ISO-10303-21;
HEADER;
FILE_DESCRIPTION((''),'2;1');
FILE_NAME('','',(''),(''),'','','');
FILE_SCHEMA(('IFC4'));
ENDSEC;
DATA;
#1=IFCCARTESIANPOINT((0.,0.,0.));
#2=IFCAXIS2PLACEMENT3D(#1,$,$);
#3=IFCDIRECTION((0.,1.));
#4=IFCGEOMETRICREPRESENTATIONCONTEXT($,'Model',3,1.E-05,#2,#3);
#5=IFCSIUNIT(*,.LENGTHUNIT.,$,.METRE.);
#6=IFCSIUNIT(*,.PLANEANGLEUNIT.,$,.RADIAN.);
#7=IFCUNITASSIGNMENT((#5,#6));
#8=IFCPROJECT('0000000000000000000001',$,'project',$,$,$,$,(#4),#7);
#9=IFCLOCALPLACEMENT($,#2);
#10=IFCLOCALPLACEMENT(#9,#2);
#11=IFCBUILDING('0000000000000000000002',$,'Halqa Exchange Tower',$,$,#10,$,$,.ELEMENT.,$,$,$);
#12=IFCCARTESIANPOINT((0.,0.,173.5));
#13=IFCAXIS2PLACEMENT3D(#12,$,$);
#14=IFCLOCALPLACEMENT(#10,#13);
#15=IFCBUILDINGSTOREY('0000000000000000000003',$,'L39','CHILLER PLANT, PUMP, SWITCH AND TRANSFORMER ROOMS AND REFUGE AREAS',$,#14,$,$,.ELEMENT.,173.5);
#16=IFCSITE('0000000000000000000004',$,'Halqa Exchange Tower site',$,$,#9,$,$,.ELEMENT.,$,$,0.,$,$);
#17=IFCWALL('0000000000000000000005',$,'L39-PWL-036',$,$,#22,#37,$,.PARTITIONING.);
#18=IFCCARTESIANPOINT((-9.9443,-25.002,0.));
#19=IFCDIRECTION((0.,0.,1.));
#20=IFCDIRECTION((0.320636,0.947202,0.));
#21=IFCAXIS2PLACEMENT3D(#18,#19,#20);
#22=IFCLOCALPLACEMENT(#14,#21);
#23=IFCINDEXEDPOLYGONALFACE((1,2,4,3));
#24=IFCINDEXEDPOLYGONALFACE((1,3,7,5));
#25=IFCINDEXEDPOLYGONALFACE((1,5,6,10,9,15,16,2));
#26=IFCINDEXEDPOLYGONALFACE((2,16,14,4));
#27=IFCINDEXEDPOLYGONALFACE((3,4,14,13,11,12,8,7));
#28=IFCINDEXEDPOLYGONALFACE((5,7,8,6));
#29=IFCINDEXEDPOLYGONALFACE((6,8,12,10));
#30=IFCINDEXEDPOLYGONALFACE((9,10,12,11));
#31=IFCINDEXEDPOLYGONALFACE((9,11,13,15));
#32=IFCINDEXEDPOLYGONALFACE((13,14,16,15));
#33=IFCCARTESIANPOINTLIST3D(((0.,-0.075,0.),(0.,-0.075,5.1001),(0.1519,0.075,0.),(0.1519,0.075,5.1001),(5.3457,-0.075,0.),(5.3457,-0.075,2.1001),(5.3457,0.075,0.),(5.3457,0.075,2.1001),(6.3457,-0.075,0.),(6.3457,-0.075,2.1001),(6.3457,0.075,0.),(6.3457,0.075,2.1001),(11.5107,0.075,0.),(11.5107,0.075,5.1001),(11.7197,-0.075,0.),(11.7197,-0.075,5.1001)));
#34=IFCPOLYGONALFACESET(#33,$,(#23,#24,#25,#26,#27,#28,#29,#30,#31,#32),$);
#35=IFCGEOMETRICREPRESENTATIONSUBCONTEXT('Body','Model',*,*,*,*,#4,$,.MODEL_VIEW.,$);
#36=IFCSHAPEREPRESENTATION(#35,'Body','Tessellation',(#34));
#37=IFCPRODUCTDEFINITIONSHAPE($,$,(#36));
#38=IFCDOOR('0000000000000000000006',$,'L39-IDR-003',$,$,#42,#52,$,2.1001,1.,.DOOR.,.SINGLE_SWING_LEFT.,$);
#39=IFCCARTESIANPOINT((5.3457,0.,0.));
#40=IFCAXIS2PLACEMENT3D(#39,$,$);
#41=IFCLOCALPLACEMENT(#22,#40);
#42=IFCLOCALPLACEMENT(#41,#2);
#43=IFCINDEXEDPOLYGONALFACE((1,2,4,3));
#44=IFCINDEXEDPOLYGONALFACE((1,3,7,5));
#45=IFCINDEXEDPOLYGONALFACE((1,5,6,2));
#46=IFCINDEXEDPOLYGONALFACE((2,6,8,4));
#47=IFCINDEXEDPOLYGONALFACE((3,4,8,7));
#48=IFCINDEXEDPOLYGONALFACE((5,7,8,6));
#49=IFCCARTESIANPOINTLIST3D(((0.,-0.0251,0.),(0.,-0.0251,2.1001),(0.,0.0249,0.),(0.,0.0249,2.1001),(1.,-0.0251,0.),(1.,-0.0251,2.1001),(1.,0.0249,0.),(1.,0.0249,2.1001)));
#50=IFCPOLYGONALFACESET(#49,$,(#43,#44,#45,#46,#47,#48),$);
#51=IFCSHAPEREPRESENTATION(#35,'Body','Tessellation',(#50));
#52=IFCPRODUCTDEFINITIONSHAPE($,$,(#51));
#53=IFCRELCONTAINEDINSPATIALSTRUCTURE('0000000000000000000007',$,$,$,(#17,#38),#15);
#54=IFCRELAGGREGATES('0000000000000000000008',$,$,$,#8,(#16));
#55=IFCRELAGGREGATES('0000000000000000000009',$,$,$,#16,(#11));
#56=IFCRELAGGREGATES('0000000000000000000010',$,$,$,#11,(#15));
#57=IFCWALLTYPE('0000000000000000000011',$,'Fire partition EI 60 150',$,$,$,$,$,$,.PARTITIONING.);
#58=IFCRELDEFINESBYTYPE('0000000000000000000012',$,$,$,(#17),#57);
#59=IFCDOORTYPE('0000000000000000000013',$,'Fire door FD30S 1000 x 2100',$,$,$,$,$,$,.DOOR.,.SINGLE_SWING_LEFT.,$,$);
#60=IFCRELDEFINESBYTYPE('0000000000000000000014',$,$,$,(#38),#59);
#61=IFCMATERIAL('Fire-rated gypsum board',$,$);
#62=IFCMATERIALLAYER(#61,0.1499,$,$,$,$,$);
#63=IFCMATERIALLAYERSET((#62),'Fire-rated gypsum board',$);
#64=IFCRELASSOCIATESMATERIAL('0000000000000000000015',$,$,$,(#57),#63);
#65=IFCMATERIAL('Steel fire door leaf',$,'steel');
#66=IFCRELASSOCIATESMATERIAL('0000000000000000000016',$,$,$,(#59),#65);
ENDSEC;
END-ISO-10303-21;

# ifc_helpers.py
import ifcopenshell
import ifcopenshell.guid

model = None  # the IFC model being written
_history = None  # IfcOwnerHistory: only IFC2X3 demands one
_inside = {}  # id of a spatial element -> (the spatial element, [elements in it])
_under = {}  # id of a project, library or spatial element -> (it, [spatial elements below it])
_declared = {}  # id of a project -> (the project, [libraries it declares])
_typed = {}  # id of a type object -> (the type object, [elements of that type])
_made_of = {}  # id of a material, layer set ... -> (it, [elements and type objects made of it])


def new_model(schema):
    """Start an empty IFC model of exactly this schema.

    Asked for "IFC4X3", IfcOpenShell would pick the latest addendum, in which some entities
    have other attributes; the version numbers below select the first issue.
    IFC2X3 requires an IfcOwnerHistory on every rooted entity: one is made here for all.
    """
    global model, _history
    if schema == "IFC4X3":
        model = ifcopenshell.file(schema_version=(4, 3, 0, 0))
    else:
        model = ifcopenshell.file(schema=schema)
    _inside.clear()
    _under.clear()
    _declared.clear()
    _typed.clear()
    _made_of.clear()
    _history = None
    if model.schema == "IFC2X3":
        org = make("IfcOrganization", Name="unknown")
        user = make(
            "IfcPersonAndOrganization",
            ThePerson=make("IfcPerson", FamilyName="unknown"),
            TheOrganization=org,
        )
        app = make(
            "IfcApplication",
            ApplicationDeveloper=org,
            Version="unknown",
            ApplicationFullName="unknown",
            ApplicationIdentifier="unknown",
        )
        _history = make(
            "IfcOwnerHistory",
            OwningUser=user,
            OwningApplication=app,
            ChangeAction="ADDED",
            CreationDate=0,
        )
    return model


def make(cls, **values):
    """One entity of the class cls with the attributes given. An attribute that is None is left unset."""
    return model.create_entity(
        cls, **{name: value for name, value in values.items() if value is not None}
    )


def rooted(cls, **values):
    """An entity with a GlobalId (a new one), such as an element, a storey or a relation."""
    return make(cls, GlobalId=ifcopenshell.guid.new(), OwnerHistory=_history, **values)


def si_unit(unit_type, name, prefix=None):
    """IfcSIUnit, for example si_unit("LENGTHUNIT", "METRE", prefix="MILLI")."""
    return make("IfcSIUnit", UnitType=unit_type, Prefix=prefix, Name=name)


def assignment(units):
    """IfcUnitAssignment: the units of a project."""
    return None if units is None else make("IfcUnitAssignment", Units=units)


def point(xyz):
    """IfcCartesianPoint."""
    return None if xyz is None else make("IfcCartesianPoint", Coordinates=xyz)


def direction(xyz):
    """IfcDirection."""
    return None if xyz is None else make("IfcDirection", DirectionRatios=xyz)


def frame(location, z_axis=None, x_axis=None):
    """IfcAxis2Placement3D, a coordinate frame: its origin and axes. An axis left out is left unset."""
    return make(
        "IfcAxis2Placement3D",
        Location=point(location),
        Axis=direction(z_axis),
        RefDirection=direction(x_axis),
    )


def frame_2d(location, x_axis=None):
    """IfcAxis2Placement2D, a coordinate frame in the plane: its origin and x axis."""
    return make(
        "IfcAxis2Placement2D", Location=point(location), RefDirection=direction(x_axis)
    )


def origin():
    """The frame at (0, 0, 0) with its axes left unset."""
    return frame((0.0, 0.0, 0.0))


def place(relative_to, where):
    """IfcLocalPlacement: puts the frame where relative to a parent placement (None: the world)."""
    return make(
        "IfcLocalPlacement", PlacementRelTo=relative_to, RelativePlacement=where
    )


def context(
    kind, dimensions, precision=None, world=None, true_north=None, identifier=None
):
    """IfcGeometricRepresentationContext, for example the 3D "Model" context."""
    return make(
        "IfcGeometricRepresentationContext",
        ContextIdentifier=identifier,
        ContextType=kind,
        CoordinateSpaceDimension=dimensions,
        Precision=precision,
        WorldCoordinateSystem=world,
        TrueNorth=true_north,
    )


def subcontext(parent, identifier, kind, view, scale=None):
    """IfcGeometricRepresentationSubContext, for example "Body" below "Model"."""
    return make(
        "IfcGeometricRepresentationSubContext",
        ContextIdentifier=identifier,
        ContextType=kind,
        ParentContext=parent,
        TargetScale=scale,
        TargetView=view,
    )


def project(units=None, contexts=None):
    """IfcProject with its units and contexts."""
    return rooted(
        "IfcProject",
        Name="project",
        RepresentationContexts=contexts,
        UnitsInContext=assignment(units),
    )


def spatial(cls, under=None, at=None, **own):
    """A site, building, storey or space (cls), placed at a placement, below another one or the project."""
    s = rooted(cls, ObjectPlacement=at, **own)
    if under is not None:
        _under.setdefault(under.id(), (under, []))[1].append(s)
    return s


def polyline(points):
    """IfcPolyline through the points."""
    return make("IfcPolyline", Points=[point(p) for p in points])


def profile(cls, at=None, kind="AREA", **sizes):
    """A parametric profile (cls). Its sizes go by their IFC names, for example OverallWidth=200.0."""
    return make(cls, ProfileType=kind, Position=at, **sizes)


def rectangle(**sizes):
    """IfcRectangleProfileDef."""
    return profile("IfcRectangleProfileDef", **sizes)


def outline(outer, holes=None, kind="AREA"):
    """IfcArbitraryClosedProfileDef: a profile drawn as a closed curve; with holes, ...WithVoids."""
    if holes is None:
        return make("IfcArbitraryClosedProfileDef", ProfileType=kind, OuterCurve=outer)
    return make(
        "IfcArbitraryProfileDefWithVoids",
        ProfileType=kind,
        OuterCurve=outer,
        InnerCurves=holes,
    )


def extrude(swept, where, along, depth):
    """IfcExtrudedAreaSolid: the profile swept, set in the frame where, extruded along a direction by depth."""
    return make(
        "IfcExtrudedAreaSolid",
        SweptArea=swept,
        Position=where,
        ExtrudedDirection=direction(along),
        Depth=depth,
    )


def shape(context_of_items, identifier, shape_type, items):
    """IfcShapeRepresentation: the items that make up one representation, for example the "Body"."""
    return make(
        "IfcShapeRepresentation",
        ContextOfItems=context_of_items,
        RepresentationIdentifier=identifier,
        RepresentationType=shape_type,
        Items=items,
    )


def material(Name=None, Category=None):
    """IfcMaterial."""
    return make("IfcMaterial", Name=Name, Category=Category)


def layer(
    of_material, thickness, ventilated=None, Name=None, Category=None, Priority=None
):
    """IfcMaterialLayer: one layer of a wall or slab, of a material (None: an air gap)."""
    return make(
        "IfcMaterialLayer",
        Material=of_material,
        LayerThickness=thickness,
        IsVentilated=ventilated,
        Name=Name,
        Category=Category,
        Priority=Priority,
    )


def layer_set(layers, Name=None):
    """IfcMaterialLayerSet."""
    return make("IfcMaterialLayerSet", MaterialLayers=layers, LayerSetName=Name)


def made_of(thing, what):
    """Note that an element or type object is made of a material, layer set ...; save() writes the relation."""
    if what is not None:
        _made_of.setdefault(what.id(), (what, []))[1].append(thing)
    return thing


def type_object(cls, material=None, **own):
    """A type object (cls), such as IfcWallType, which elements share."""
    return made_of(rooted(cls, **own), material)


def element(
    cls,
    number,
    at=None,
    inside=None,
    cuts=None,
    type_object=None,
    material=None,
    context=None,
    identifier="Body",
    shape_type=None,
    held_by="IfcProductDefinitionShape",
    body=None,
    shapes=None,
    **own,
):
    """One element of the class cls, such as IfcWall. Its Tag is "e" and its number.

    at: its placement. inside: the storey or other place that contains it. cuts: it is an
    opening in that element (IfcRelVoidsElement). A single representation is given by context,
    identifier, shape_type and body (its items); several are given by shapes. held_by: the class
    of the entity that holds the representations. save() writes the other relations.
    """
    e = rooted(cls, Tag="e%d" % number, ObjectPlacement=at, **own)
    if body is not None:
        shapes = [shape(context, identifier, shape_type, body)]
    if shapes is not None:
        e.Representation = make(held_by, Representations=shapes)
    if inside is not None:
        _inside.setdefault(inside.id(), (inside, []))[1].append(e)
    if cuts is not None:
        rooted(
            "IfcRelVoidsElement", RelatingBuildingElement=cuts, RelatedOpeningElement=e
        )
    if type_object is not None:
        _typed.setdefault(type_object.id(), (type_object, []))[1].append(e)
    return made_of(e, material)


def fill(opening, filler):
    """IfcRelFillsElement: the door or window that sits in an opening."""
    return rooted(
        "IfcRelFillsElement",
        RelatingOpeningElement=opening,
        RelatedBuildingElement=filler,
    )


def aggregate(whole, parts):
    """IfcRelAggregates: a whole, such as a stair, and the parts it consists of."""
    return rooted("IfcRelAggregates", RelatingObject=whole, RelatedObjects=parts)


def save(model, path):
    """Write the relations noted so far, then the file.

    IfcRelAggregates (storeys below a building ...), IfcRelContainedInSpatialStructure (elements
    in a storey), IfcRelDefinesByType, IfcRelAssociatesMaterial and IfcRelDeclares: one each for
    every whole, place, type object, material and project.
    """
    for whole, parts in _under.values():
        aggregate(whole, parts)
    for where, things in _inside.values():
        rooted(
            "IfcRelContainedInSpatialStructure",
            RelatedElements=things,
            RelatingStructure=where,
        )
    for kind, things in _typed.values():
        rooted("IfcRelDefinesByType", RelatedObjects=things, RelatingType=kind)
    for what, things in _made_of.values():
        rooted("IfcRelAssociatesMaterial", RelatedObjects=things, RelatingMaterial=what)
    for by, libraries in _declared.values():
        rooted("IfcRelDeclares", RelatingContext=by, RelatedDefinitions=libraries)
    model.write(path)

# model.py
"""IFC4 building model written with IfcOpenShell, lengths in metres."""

from ifc_helpers import new_model, si_unit, direction, frame, frame_2d, origin, place, context, subcontext, project, spatial, polyline, rectangle, outline, extrude, material, layer, layer_set, type_object, element, fill, save


model = new_model("IFC4")

# Units and contexts
model_context = context("Model", 3, precision=1e-05, world=origin(), true_north=direction((0.0, 1.0)))
body_context = subcontext(model_context, "Body", "Model", "MODEL_VIEW")
ifc_project = project(units=[si_unit("LENGTHUNIT", "METRE"), si_unit("PLANEANGLEUNIT", "RADIAN")], contexts=[model_context])

# Site, building, storey
site_placement = place(None, origin())
site = spatial("IfcSite", under=ifc_project, at=site_placement, Name="Halqa Exchange Tower site", CompositionType="ELEMENT", RefElevation=0.0)
building_placement = place(site_placement, origin())
building = spatial("IfcBuilding", under=site, at=building_placement, Name="Halqa Exchange Tower", CompositionType="ELEMENT")
storey_placement = place(building_placement, frame((0.0, 0.0, 173.5)))
storey = spatial("IfcBuildingStorey", under=building, at=storey_placement, Name="L39", Description="CHILLER PLANT, PUMP, SWITCH AND TRANSFORMER ROOMS AND REFUGE AREAS", CompositionType="ELEMENT", Elevation=173.5)

# Shared definitions
ifc_material_1 = material(Name="Fire-rated gypsum board")
ifc_layer_1 = layer(ifc_material_1, 0.1499)
ifc_layer_set_1 = layer_set([ifc_layer_1], Name="Fire-rated gypsum board")
wall_type = type_object("IfcWallType", Name="Fire partition EI 60 150", PredefinedType="PARTITIONING", material=ifc_layer_set_1)

# Wall, opening, door
wall_1_placement = place(storey_placement, frame((-9.9443, -25.002, 0.0), z_axis=(0.0, 0.0, 1.0), x_axis=(0.320636, 0.947202, 0.0)))
wall_1 = element("IfcWall", 1, at=wall_1_placement, inside=storey, type_object=wall_type, Name="L39-PWL-036", PredefinedType="PARTITIONING", context=body_context, shape_type="SweptSolid", body=[
    extrude(outline(polyline([(0.0, -0.075), (1.9534, -0.075), (3.9065, -0.075), (5.8599, -0.075), (7.813, -0.075), (9.7664, -0.075), (11.7197, -0.075), (11.5107, 0.075), (9.6174, 0.075), (7.7244, 0.075), (5.8313, 0.075), (3.9382, 0.075), (2.0452, 0.075), (0.1519, 0.075), (0.0, -0.075), (0.0, -0.075)])), origin(), (0.0, 0.0, 1.0), 5.1001),
])
opening_placement = place(wall_1_placement, frame((5.3457, 0.0, 0.0)))
opening = element("IfcOpeningElement", 2, at=opening_placement, cuts=wall_1, PredefinedType="OPENING", context=body_context, shape_type="SweptSolid", body=[
    extrude(rectangle(XDim=1.0, YDim=2.1001, at=frame_2d((0.5, 1.05))), frame((0.0, 0.0869, 0.0), z_axis=(0.0, -1.0, 0.0), x_axis=(1.0, 0.0, 0.0)), (0.0, 0.0, 1.0), 0.1738),
])
ifc_material_2 = material(Name="Steel fire door leaf", Category="steel")
door_type = type_object("IfcDoorType", Name="Fire door FD30S 1000 x 2100", OperationType="SINGLE_SWING_LEFT", PredefinedType="DOOR", material=ifc_material_2)
door_placement = place(opening_placement, origin())
door = element("IfcDoor", 3, at=door_placement, inside=storey, type_object=door_type, Name="L39-IDR-003", OperationType="SINGLE_SWING_LEFT", OverallHeight=2.1001, OverallWidth=1.0, PredefinedType="DOOR", context=body_context, shape_type="SweptSolid", body=[
    extrude(rectangle(XDim=1.0, YDim=2.1001, at=frame_2d((0.5, 1.05))), frame((0.0, 0.0249, 0.0), z_axis=(0.0, -1.0, 0.0), x_axis=(1.0, 0.0, 0.0)), (0.0, 0.0, 1.0), 0.05),
])
fill(opening, door)

save(model, "model.ifc")
